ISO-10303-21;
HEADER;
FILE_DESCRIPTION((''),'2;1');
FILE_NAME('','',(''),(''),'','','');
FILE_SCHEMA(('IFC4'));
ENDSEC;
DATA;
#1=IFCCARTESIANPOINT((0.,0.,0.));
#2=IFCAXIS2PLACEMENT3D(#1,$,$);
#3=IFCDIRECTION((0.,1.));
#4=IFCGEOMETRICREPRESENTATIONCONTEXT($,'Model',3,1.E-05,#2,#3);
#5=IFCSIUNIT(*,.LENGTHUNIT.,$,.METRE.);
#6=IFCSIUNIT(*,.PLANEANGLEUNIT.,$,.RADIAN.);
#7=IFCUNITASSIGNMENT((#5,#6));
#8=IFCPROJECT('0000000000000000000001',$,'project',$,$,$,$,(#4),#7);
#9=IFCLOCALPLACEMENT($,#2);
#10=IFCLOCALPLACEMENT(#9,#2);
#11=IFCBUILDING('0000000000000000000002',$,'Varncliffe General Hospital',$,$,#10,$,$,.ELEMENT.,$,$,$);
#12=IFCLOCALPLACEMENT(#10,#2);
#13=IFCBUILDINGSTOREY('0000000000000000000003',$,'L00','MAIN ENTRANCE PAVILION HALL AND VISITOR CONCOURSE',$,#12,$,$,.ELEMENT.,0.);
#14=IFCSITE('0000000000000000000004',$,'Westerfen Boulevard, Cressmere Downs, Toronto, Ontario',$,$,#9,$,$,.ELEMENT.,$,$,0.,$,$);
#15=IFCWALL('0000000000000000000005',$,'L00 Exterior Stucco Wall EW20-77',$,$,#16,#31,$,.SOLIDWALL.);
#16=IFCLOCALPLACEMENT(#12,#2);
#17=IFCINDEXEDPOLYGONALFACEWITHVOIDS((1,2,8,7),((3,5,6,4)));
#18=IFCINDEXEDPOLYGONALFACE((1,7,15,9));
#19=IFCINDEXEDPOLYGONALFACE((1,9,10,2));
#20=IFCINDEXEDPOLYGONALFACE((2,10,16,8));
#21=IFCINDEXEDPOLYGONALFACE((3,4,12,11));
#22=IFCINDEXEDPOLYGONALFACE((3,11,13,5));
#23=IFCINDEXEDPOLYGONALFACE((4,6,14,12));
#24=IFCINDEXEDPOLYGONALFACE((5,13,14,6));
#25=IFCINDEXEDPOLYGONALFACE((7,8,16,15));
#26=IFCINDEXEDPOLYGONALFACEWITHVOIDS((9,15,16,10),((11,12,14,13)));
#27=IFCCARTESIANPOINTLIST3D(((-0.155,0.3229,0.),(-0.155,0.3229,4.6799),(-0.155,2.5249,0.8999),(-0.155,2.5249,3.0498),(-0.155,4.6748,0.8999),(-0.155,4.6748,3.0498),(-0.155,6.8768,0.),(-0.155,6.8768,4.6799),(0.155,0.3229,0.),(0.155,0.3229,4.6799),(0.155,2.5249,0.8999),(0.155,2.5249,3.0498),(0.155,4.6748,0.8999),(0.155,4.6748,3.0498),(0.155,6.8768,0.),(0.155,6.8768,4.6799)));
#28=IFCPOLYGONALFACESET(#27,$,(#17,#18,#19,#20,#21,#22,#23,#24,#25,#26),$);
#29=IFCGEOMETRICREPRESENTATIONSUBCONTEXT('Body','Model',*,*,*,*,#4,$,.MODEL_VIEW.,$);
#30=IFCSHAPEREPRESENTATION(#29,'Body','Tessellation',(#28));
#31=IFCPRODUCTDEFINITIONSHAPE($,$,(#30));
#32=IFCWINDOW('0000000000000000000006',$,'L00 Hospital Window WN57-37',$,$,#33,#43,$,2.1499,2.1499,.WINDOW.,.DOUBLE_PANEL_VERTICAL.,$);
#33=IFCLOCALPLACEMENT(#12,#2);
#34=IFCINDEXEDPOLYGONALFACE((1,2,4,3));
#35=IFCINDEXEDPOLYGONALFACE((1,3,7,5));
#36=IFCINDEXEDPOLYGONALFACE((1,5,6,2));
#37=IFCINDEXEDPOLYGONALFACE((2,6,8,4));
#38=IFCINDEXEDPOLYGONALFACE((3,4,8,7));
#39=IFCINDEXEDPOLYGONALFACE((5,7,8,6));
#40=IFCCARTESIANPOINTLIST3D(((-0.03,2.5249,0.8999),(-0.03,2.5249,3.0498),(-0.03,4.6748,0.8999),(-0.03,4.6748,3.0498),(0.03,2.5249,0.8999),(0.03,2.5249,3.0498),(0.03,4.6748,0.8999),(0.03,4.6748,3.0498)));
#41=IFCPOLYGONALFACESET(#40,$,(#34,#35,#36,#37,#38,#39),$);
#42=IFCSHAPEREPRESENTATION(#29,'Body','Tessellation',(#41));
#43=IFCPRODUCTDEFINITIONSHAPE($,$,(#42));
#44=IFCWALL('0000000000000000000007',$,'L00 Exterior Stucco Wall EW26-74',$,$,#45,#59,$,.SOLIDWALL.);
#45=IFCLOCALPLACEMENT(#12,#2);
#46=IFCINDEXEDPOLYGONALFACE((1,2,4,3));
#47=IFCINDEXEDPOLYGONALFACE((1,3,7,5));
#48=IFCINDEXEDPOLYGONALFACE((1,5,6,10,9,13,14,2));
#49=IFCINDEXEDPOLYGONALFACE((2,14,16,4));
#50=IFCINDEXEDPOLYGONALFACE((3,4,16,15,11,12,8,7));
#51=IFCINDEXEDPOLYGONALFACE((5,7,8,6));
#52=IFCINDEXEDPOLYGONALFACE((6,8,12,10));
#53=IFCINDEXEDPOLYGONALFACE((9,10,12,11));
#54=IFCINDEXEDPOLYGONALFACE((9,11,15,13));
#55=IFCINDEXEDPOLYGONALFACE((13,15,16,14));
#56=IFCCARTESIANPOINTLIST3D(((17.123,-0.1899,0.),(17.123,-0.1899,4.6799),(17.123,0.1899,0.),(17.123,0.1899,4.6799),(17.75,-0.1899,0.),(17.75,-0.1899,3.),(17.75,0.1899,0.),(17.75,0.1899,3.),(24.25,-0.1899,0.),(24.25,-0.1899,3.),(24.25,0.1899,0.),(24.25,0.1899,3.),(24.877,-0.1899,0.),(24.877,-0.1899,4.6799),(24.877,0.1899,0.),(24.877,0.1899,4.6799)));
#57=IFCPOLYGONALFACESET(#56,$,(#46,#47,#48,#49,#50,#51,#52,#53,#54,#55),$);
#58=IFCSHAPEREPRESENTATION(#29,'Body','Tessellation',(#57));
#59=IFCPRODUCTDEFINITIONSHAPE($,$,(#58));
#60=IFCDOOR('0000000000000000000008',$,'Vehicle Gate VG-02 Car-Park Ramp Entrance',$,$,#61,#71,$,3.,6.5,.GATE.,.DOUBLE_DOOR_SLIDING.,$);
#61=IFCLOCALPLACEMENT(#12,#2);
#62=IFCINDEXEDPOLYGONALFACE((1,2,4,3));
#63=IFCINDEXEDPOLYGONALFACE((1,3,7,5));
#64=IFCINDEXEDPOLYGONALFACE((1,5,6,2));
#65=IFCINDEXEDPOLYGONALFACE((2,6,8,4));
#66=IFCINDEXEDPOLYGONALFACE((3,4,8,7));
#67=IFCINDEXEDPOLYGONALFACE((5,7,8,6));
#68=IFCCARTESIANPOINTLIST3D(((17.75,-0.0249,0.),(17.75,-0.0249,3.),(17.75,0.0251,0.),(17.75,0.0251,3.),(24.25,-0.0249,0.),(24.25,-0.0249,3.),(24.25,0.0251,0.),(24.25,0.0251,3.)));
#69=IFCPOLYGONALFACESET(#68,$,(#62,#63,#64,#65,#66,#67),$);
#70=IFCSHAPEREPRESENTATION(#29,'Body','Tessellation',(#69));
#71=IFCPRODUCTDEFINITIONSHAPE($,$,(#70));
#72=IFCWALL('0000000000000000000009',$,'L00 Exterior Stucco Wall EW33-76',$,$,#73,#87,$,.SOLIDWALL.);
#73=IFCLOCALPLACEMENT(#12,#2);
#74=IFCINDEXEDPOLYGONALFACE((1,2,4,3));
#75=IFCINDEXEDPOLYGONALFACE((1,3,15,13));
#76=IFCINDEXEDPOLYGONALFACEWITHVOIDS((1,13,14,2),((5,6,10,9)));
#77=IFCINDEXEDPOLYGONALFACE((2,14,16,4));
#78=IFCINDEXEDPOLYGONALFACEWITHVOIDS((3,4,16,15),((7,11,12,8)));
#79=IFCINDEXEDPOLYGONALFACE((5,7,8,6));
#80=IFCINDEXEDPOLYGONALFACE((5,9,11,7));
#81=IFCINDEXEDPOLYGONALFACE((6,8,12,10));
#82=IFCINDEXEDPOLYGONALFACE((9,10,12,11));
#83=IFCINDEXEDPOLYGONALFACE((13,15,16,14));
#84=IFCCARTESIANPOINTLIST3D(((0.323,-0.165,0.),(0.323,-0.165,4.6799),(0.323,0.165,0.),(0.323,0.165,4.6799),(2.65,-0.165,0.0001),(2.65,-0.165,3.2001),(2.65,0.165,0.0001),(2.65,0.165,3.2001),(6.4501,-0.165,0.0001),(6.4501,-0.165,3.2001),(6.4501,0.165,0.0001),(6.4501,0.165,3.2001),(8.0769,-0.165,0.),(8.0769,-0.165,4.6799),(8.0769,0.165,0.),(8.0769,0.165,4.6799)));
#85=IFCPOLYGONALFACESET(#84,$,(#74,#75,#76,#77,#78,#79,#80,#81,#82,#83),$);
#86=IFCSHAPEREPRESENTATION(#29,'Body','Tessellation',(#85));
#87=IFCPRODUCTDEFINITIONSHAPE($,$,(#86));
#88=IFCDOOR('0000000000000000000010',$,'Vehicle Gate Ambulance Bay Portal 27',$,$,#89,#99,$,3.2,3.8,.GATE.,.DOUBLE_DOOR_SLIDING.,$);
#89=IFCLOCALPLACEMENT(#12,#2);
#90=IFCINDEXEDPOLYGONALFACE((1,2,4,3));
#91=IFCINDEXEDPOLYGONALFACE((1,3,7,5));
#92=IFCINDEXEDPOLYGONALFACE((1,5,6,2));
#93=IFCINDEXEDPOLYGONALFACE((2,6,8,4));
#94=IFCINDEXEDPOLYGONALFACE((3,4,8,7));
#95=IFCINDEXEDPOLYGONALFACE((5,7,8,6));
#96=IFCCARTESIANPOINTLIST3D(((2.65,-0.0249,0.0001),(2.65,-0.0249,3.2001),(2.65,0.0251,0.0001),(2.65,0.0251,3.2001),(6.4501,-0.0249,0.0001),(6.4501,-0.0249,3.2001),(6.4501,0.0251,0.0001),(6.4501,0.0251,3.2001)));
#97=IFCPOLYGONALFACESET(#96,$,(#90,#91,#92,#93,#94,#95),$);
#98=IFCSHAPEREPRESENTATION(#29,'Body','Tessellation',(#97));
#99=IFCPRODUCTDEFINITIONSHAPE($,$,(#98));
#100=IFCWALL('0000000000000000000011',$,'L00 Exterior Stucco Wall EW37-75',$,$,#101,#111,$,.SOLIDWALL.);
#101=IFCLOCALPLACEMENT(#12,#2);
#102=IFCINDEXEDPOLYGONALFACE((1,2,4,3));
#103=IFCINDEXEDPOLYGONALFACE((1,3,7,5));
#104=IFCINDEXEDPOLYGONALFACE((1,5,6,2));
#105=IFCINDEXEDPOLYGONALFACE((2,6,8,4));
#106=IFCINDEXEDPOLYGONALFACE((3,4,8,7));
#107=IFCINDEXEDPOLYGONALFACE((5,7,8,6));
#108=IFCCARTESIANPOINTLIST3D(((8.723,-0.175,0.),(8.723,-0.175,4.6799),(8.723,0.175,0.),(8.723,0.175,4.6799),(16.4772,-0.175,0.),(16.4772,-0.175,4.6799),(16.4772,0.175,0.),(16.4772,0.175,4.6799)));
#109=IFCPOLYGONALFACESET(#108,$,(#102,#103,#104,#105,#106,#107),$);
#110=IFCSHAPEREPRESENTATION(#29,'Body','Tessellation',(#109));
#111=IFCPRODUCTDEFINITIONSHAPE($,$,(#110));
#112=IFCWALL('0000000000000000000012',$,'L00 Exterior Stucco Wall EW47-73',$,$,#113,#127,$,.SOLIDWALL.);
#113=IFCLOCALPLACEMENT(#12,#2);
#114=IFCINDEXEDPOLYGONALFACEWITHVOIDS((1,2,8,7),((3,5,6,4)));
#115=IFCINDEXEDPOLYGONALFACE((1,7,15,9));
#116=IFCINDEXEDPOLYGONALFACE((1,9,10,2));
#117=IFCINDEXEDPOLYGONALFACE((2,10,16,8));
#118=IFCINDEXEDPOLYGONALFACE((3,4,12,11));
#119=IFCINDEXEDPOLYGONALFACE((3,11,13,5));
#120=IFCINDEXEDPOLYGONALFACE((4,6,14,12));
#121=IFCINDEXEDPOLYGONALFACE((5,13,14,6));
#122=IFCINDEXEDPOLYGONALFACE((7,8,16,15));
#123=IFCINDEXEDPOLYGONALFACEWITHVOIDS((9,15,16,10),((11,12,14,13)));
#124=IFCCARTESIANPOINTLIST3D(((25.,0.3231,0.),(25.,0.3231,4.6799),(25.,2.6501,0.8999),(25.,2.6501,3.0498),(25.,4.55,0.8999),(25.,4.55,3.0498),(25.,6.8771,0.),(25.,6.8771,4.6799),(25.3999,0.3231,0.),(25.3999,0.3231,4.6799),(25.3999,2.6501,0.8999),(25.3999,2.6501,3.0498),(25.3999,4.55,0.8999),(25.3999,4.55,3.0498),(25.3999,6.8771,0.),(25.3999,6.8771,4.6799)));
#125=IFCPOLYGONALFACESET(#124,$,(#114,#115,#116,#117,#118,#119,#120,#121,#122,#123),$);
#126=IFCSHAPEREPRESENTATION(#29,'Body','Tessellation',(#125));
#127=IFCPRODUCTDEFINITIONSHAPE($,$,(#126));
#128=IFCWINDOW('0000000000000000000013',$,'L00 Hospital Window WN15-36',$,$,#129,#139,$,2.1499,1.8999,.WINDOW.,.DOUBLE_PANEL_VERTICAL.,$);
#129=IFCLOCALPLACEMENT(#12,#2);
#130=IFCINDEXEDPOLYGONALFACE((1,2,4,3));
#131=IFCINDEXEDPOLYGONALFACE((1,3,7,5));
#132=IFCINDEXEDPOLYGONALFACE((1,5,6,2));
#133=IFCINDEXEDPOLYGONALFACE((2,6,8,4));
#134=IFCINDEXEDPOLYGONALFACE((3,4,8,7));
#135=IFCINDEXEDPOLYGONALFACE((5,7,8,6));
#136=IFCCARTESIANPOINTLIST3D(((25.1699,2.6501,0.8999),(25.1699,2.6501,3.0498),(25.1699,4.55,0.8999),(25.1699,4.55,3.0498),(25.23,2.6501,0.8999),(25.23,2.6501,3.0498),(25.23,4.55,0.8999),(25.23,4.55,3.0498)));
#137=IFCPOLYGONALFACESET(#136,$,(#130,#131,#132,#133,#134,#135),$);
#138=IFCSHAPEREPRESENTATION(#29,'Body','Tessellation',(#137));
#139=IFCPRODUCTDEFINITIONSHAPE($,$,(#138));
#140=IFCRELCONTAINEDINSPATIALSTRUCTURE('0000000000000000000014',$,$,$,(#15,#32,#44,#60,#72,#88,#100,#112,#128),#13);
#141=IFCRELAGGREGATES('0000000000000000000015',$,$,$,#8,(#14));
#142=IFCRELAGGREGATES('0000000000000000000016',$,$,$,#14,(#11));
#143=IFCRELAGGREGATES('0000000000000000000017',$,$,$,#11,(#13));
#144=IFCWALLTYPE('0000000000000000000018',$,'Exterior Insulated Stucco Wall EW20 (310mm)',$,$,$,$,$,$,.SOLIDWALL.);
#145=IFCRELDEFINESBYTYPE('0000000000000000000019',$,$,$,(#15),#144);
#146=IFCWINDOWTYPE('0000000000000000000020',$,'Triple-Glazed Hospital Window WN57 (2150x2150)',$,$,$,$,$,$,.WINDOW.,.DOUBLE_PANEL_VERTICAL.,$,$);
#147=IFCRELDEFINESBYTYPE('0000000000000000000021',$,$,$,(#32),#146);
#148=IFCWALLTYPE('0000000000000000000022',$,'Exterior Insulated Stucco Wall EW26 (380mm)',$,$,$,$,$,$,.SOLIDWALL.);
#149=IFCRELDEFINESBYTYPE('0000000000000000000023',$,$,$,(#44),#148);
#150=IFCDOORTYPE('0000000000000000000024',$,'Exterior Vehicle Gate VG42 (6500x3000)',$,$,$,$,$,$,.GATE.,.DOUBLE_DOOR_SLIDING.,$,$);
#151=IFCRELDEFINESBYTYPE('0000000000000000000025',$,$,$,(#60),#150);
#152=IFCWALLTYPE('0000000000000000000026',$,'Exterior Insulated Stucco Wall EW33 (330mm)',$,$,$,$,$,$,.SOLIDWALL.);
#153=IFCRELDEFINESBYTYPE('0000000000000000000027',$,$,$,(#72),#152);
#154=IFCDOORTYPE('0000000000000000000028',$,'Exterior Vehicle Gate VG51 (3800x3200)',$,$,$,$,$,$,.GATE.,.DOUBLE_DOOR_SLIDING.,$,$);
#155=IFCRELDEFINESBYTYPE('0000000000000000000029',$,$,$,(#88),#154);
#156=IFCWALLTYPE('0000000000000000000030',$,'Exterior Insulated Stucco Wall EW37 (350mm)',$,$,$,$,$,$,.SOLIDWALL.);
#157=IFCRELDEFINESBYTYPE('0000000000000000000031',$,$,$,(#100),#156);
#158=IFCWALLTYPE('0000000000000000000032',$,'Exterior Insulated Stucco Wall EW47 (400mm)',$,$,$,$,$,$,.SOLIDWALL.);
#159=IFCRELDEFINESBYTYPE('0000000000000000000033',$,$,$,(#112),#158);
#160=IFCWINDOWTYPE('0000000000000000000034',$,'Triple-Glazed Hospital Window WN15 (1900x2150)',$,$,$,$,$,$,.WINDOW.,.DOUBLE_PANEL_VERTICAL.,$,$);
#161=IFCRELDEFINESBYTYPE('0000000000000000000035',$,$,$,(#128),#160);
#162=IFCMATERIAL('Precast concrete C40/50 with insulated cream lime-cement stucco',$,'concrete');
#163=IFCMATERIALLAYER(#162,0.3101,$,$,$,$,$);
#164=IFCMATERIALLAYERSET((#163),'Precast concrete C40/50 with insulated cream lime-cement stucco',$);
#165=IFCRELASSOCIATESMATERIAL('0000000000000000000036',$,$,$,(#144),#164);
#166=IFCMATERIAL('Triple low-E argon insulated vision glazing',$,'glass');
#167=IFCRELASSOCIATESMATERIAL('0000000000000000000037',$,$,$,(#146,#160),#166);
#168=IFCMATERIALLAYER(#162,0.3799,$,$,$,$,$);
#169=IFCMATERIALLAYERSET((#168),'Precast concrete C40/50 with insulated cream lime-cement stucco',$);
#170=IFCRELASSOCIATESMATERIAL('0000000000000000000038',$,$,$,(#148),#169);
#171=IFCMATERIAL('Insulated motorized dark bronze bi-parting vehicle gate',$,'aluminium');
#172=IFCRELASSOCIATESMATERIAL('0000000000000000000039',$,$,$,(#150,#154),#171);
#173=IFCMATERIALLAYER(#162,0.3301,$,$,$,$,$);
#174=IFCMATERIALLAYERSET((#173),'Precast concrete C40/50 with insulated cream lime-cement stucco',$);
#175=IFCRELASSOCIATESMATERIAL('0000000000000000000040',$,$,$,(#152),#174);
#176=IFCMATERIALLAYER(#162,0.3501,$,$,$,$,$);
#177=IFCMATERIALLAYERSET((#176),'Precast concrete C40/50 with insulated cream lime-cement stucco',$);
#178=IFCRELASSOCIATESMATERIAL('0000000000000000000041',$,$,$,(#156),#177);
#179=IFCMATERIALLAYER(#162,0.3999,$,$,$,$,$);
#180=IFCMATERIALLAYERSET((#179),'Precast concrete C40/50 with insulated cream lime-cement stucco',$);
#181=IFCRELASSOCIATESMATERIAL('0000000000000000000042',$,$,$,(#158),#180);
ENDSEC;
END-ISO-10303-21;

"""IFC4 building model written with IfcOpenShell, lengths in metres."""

from ifc_helpers import new_model, si_unit, direction, frame, frame_2d, origin, place, context, subcontext, project, spatial, rectangle, extrude, material, layer, layer_set, type_object, element, fill, save


model = new_model("IFC4")

# Units and contexts
model_context = context("Model", 3, precision=1e-05, world=origin(), true_north=direction((0.0, 1.0)))
body_context = subcontext(model_context, "Body", "Model", "MODEL_VIEW")
ifc_project = project(units=[si_unit("LENGTHUNIT", "METRE"), si_unit("PLANEANGLEUNIT", "RADIAN")], contexts=[model_context])

# Site, building, storey
site_placement = place(None, origin())
site = spatial("IfcSite", under=ifc_project, at=site_placement, Name="Westerfen Boulevard, Cressmere Downs, Toronto, Ontario", CompositionType="ELEMENT", RefElevation=0.0)
building_placement = place(site_placement, origin())
building = spatial("IfcBuilding", under=site, at=building_placement, Name="Varncliffe General Hospital", CompositionType="ELEMENT")
storey_placement = place(building_placement, origin())
storey = spatial("IfcBuildingStorey", under=building, at=storey_placement, Name="L00", Description="MAIN ENTRANCE PAVILION HALL AND VISITOR CONCOURSE", CompositionType="ELEMENT", Elevation=0.0)

# Wall, opening, window
ifc_material_1 = material(Name="Precast concrete C40/50 with insulated cream lime-cement stucco", Category="concrete")
ifc_layer_1 = layer(ifc_material_1, 0.3101)
ifc_layer_set_1 = layer_set([ifc_layer_1], Name="Precast concrete C40/50 with insulated cream lime-cement stucco")
wall_type_1 = type_object("IfcWallType", Name="Exterior Insulated Stucco Wall EW20 (310mm)", PredefinedType="SOLIDWALL", material=ifc_layer_set_1)
wall_1_placement = place(storey_placement, frame((0.0, 0.323, 0.0), z_axis=(0.0, 0.0, 1.0), x_axis=(0.0, 1.0, 0.0)))
wall_1 = element("IfcWall", 1, at=wall_1_placement, inside=storey, type_object=wall_type_1, Name="L00 Exterior Stucco Wall EW20-77", PredefinedType="SOLIDWALL", context=body_context, shape_type="SweptSolid", body=[
    extrude(rectangle(XDim=6.554, YDim=0.3101, at=frame_2d((3.2769, 0.0))), origin(), (0.0, 0.0, 1.0), 4.6799),
])
opening_1_placement = place(wall_1_placement, frame((2.2019, 0.0, 0.8999)))
opening_1 = element("IfcOpeningElement", 2, at=opening_1_placement, cuts=wall_1, PredefinedType="OPENING", context=body_context, shape_type="SweptSolid", body=[
    extrude(rectangle(XDim=2.1499, YDim=2.1499, at=frame_2d((1.075, 1.075))), frame((0.0, 0.165, 0.0), z_axis=(0.0, -1.0, 0.0), x_axis=(1.0, 0.0, 0.0)), (0.0, 0.0, 1.0), 0.3301),
])
ifc_material_2 = material(Name="Triple low-E argon insulated vision glazing", Category="glass")
window_type_1 = type_object("IfcWindowType", Name="Triple-Glazed Hospital Window WN57 (2150x2150)", PartitioningType="DOUBLE_PANEL_VERTICAL", PredefinedType="WINDOW", material=ifc_material_2)
window_1_placement = place(opening_1_placement, origin())
window_1 = element("IfcWindow", 3, at=window_1_placement, inside=storey, type_object=window_type_1, Name="L00 Hospital Window WN57-37", OverallHeight=2.1499, OverallWidth=2.1499, PartitioningType="DOUBLE_PANEL_VERTICAL", PredefinedType="WINDOW", context=body_context, shape_type="SweptSolid", body=[
    extrude(rectangle(XDim=2.1499, YDim=2.1499, at=frame_2d((1.075, 1.075))), frame((0.0, 0.03, 0.0), z_axis=(0.0, -1.0, 0.0), x_axis=(1.0, 0.0, 0.0)), (0.0, 0.0, 1.0), 0.0601),
])
fill(opening_1, window_1)

# Walls, openings, doors
ifc_layer_2 = layer(ifc_material_1, 0.3799)
ifc_layer_set_2 = layer_set([ifc_layer_2], Name="Precast concrete C40/50 with insulated cream lime-cement stucco")
wall_type_2 = type_object("IfcWallType", Name="Exterior Insulated Stucco Wall EW26 (380mm)", PredefinedType="SOLIDWALL", material=ifc_layer_set_2)
wall_2_placement = place(storey_placement, frame((24.877, 0.0, 0.0), z_axis=(0.0, 0.0, 1.0), x_axis=(-1.0, 0.0, 0.0)))
wall_2 = element("IfcWall", 4, at=wall_2_placement, inside=storey, type_object=wall_type_2, Name="L00 Exterior Stucco Wall EW26-74", PredefinedType="SOLIDWALL", context=body_context, shape_type="SweptSolid", body=[
    extrude(rectangle(XDim=7.7539, YDim=0.3799, at=frame_2d((3.877, 0.0))), origin(), (0.0, 0.0, 1.0), 4.6799),
])
opening_2_placement = place(wall_2_placement, frame((0.627, 0.0, 0.0)))
opening_2 = element("IfcOpeningElement", 5, at=opening_2_placement, cuts=wall_2, PredefinedType="OPENING", context=body_context, shape_type="SweptSolid", body=[
    extrude(rectangle(XDim=6.5, YDim=3.0, at=frame_2d((3.25, 1.5))), frame((0.0, 0.2, 0.0), z_axis=(0.0, -1.0, 0.0), x_axis=(1.0, 0.0, 0.0)), (0.0, 0.0, 1.0), 0.3999),
])
ifc_material_3 = material(Name="Insulated motorized dark bronze bi-parting vehicle gate", Category="aluminium")
door_type_1 = type_object("IfcDoorType", Name="Exterior Vehicle Gate VG42 (6500x3000)", OperationType="DOUBLE_DOOR_SLIDING", PredefinedType="GATE", material=ifc_material_3)
door_1_placement = place(opening_2_placement, origin())
door_1 = element("IfcDoor", 6, at=door_1_placement, inside=storey, type_object=door_type_1, Name="Vehicle Gate VG-02 Car-Park Ramp Entrance", OperationType="DOUBLE_DOOR_SLIDING", OverallHeight=3.0, OverallWidth=6.5, PredefinedType="GATE", context=body_context, shape_type="SweptSolid", body=[
    extrude(rectangle(XDim=6.5, YDim=3.0, at=frame_2d((3.25, 1.5))), frame((0.0, 0.0249, 0.0), z_axis=(0.0, -1.0, 0.0), x_axis=(1.0, 0.0, 0.0)), (0.0, 0.0, 1.0), 0.05),
])
fill(opening_2, door_1)
ifc_layer_3 = layer(ifc_material_1, 0.3301)
ifc_layer_set_3 = layer_set([ifc_layer_3], Name="Precast concrete C40/50 with insulated cream lime-cement stucco")
wall_type_3 = type_object("IfcWallType", Name="Exterior Insulated Stucco Wall EW33 (330mm)", PredefinedType="SOLIDWALL", material=ifc_layer_set_3)
wall_3_placement = place(storey_placement, frame((8.0769, 0.0, 0.0), z_axis=(0.0, 0.0, 1.0), x_axis=(-1.0, 0.0, 0.0)))
wall_3 = element("IfcWall", 7, at=wall_3_placement, inside=storey, type_object=wall_type_3, Name="L00 Exterior Stucco Wall EW33-76", PredefinedType="SOLIDWALL", context=body_context, shape_type="SweptSolid", body=[
    extrude(rectangle(XDim=7.7539, YDim=0.3301, at=frame_2d((3.877, 0.0))), origin(), (0.0, 0.0, 1.0), 4.6799),
])
opening_3_placement = place(wall_3_placement, frame((1.627, 0.0, 0.0)))
opening_3 = element("IfcOpeningElement", 8, at=opening_3_placement, cuts=wall_3, PredefinedType="OPENING", context=body_context, shape_type="SweptSolid", body=[
    extrude(rectangle(XDim=3.8, YDim=3.2, at=frame_2d((1.8999, 1.6001))), frame((0.0, 0.175, 0.0), z_axis=(0.0, -1.0, 0.0), x_axis=(1.0, 0.0, 0.0)), (0.0, 0.0, 1.0), 0.3501),
])
door_type_2 = type_object("IfcDoorType", Name="Exterior Vehicle Gate VG51 (3800x3200)", OperationType="DOUBLE_DOOR_SLIDING", PredefinedType="GATE", material=ifc_material_3)
door_2_placement = place(opening_3_placement, origin())
door_2 = element("IfcDoor", 9, at=door_2_placement, inside=storey, type_object=door_type_2, Name="Vehicle Gate Ambulance Bay Portal 27", OperationType="DOUBLE_DOOR_SLIDING", OverallHeight=3.2, OverallWidth=3.8, PredefinedType="GATE", context=body_context, shape_type="SweptSolid", body=[
    extrude(rectangle(XDim=3.8, YDim=3.2, at=frame_2d((1.8999, 1.6001))), frame((0.0, 0.0249, 0.0), z_axis=(0.0, -1.0, 0.0), x_axis=(1.0, 0.0, 0.0)), (0.0, 0.0, 1.0), 0.05),
])
fill(opening_3, door_2)

# Wall
ifc_layer_4 = layer(ifc_material_1, 0.3501)
ifc_layer_set_4 = layer_set([ifc_layer_4], Name="Precast concrete C40/50 with insulated cream lime-cement stucco")
wall_type_4 = type_object("IfcWallType", Name="Exterior Insulated Stucco Wall EW37 (350mm)", PredefinedType="SOLIDWALL", material=ifc_layer_set_4)
wall_4_placement = place(storey_placement, frame((16.4771, 0.0, 0.0), z_axis=(0.0, 0.0, 1.0), x_axis=(-1.0, 0.0, 0.0)))
element("IfcWall", 10, at=wall_4_placement, inside=storey, type_object=wall_type_4, Name="L00 Exterior Stucco Wall EW37-75", PredefinedType="SOLIDWALL", context=body_context, shape_type="SweptSolid", body=[
    extrude(rectangle(XDim=7.7542, YDim=0.3501, at=frame_2d((3.877, 0.0))), origin(), (0.0, 0.0, 1.0), 4.6799),
])

# Wall, opening, window
ifc_layer_5 = layer(ifc_material_1, 0.3999)
ifc_layer_set_5 = layer_set([ifc_layer_5], Name="Precast concrete C40/50 with insulated cream lime-cement stucco")
wall_type_5 = type_object("IfcWallType", Name="Exterior Insulated Stucco Wall EW47 (400mm)", PredefinedType="SOLIDWALL", material=ifc_layer_set_5)
wall_5_placement = place(storey_placement, frame((25.2, 6.877, 0.0), z_axis=(0.0, 0.0, 1.0), x_axis=(0.0, -1.0, 0.0)))
wall_5 = element("IfcWall", 11, at=wall_5_placement, inside=storey, type_object=wall_type_5, Name="L00 Exterior Stucco Wall EW47-73", PredefinedType="SOLIDWALL", context=body_context, shape_type="SweptSolid", body=[
    extrude(rectangle(XDim=6.554, YDim=0.3999, at=frame_2d((3.2769, 0.0))), origin(), (0.0, 0.0, 1.0), 4.6799),
])
opening_4_placement = place(wall_5_placement, frame((2.3269, 0.0, 0.8999)))
opening_4 = element("IfcOpeningElement", 12, at=opening_4_placement, cuts=wall_5, PredefinedType="OPENING", context=body_context, shape_type="SweptSolid", body=[
    extrude(rectangle(XDim=1.8999, YDim=2.1499, at=frame_2d((0.95, 1.075))), frame((0.0, 0.21, 0.0), z_axis=(0.0, -1.0, 0.0), x_axis=(1.0, 0.0, 0.0)), (0.0, 0.0, 1.0), 0.4199),
])
window_type_2 = type_object("IfcWindowType", Name="Triple-Glazed Hospital Window WN15 (1900x2150)", PartitioningType="DOUBLE_PANEL_VERTICAL", PredefinedType="WINDOW", material=ifc_material_2)
window_2_placement = place(opening_4_placement, origin())
window_2 = element("IfcWindow", 13, at=window_2_placement, inside=storey, type_object=window_type_2, Name="L00 Hospital Window WN15-36", OverallHeight=2.1499, OverallWidth=1.8999, PartitioningType="DOUBLE_PANEL_VERTICAL", PredefinedType="WINDOW", context=body_context, shape_type="SweptSolid", body=[
    extrude(rectangle(XDim=1.8999, YDim=2.1499, at=frame_2d((0.95, 1.075))), frame((0.0, 0.03, 0.0), z_axis=(0.0, -1.0, 0.0), x_axis=(1.0, 0.0, 0.0)), (0.0, 0.0, 1.0), 0.0601),
])
fill(opening_4, window_2)

save(model, "model.ifc")
